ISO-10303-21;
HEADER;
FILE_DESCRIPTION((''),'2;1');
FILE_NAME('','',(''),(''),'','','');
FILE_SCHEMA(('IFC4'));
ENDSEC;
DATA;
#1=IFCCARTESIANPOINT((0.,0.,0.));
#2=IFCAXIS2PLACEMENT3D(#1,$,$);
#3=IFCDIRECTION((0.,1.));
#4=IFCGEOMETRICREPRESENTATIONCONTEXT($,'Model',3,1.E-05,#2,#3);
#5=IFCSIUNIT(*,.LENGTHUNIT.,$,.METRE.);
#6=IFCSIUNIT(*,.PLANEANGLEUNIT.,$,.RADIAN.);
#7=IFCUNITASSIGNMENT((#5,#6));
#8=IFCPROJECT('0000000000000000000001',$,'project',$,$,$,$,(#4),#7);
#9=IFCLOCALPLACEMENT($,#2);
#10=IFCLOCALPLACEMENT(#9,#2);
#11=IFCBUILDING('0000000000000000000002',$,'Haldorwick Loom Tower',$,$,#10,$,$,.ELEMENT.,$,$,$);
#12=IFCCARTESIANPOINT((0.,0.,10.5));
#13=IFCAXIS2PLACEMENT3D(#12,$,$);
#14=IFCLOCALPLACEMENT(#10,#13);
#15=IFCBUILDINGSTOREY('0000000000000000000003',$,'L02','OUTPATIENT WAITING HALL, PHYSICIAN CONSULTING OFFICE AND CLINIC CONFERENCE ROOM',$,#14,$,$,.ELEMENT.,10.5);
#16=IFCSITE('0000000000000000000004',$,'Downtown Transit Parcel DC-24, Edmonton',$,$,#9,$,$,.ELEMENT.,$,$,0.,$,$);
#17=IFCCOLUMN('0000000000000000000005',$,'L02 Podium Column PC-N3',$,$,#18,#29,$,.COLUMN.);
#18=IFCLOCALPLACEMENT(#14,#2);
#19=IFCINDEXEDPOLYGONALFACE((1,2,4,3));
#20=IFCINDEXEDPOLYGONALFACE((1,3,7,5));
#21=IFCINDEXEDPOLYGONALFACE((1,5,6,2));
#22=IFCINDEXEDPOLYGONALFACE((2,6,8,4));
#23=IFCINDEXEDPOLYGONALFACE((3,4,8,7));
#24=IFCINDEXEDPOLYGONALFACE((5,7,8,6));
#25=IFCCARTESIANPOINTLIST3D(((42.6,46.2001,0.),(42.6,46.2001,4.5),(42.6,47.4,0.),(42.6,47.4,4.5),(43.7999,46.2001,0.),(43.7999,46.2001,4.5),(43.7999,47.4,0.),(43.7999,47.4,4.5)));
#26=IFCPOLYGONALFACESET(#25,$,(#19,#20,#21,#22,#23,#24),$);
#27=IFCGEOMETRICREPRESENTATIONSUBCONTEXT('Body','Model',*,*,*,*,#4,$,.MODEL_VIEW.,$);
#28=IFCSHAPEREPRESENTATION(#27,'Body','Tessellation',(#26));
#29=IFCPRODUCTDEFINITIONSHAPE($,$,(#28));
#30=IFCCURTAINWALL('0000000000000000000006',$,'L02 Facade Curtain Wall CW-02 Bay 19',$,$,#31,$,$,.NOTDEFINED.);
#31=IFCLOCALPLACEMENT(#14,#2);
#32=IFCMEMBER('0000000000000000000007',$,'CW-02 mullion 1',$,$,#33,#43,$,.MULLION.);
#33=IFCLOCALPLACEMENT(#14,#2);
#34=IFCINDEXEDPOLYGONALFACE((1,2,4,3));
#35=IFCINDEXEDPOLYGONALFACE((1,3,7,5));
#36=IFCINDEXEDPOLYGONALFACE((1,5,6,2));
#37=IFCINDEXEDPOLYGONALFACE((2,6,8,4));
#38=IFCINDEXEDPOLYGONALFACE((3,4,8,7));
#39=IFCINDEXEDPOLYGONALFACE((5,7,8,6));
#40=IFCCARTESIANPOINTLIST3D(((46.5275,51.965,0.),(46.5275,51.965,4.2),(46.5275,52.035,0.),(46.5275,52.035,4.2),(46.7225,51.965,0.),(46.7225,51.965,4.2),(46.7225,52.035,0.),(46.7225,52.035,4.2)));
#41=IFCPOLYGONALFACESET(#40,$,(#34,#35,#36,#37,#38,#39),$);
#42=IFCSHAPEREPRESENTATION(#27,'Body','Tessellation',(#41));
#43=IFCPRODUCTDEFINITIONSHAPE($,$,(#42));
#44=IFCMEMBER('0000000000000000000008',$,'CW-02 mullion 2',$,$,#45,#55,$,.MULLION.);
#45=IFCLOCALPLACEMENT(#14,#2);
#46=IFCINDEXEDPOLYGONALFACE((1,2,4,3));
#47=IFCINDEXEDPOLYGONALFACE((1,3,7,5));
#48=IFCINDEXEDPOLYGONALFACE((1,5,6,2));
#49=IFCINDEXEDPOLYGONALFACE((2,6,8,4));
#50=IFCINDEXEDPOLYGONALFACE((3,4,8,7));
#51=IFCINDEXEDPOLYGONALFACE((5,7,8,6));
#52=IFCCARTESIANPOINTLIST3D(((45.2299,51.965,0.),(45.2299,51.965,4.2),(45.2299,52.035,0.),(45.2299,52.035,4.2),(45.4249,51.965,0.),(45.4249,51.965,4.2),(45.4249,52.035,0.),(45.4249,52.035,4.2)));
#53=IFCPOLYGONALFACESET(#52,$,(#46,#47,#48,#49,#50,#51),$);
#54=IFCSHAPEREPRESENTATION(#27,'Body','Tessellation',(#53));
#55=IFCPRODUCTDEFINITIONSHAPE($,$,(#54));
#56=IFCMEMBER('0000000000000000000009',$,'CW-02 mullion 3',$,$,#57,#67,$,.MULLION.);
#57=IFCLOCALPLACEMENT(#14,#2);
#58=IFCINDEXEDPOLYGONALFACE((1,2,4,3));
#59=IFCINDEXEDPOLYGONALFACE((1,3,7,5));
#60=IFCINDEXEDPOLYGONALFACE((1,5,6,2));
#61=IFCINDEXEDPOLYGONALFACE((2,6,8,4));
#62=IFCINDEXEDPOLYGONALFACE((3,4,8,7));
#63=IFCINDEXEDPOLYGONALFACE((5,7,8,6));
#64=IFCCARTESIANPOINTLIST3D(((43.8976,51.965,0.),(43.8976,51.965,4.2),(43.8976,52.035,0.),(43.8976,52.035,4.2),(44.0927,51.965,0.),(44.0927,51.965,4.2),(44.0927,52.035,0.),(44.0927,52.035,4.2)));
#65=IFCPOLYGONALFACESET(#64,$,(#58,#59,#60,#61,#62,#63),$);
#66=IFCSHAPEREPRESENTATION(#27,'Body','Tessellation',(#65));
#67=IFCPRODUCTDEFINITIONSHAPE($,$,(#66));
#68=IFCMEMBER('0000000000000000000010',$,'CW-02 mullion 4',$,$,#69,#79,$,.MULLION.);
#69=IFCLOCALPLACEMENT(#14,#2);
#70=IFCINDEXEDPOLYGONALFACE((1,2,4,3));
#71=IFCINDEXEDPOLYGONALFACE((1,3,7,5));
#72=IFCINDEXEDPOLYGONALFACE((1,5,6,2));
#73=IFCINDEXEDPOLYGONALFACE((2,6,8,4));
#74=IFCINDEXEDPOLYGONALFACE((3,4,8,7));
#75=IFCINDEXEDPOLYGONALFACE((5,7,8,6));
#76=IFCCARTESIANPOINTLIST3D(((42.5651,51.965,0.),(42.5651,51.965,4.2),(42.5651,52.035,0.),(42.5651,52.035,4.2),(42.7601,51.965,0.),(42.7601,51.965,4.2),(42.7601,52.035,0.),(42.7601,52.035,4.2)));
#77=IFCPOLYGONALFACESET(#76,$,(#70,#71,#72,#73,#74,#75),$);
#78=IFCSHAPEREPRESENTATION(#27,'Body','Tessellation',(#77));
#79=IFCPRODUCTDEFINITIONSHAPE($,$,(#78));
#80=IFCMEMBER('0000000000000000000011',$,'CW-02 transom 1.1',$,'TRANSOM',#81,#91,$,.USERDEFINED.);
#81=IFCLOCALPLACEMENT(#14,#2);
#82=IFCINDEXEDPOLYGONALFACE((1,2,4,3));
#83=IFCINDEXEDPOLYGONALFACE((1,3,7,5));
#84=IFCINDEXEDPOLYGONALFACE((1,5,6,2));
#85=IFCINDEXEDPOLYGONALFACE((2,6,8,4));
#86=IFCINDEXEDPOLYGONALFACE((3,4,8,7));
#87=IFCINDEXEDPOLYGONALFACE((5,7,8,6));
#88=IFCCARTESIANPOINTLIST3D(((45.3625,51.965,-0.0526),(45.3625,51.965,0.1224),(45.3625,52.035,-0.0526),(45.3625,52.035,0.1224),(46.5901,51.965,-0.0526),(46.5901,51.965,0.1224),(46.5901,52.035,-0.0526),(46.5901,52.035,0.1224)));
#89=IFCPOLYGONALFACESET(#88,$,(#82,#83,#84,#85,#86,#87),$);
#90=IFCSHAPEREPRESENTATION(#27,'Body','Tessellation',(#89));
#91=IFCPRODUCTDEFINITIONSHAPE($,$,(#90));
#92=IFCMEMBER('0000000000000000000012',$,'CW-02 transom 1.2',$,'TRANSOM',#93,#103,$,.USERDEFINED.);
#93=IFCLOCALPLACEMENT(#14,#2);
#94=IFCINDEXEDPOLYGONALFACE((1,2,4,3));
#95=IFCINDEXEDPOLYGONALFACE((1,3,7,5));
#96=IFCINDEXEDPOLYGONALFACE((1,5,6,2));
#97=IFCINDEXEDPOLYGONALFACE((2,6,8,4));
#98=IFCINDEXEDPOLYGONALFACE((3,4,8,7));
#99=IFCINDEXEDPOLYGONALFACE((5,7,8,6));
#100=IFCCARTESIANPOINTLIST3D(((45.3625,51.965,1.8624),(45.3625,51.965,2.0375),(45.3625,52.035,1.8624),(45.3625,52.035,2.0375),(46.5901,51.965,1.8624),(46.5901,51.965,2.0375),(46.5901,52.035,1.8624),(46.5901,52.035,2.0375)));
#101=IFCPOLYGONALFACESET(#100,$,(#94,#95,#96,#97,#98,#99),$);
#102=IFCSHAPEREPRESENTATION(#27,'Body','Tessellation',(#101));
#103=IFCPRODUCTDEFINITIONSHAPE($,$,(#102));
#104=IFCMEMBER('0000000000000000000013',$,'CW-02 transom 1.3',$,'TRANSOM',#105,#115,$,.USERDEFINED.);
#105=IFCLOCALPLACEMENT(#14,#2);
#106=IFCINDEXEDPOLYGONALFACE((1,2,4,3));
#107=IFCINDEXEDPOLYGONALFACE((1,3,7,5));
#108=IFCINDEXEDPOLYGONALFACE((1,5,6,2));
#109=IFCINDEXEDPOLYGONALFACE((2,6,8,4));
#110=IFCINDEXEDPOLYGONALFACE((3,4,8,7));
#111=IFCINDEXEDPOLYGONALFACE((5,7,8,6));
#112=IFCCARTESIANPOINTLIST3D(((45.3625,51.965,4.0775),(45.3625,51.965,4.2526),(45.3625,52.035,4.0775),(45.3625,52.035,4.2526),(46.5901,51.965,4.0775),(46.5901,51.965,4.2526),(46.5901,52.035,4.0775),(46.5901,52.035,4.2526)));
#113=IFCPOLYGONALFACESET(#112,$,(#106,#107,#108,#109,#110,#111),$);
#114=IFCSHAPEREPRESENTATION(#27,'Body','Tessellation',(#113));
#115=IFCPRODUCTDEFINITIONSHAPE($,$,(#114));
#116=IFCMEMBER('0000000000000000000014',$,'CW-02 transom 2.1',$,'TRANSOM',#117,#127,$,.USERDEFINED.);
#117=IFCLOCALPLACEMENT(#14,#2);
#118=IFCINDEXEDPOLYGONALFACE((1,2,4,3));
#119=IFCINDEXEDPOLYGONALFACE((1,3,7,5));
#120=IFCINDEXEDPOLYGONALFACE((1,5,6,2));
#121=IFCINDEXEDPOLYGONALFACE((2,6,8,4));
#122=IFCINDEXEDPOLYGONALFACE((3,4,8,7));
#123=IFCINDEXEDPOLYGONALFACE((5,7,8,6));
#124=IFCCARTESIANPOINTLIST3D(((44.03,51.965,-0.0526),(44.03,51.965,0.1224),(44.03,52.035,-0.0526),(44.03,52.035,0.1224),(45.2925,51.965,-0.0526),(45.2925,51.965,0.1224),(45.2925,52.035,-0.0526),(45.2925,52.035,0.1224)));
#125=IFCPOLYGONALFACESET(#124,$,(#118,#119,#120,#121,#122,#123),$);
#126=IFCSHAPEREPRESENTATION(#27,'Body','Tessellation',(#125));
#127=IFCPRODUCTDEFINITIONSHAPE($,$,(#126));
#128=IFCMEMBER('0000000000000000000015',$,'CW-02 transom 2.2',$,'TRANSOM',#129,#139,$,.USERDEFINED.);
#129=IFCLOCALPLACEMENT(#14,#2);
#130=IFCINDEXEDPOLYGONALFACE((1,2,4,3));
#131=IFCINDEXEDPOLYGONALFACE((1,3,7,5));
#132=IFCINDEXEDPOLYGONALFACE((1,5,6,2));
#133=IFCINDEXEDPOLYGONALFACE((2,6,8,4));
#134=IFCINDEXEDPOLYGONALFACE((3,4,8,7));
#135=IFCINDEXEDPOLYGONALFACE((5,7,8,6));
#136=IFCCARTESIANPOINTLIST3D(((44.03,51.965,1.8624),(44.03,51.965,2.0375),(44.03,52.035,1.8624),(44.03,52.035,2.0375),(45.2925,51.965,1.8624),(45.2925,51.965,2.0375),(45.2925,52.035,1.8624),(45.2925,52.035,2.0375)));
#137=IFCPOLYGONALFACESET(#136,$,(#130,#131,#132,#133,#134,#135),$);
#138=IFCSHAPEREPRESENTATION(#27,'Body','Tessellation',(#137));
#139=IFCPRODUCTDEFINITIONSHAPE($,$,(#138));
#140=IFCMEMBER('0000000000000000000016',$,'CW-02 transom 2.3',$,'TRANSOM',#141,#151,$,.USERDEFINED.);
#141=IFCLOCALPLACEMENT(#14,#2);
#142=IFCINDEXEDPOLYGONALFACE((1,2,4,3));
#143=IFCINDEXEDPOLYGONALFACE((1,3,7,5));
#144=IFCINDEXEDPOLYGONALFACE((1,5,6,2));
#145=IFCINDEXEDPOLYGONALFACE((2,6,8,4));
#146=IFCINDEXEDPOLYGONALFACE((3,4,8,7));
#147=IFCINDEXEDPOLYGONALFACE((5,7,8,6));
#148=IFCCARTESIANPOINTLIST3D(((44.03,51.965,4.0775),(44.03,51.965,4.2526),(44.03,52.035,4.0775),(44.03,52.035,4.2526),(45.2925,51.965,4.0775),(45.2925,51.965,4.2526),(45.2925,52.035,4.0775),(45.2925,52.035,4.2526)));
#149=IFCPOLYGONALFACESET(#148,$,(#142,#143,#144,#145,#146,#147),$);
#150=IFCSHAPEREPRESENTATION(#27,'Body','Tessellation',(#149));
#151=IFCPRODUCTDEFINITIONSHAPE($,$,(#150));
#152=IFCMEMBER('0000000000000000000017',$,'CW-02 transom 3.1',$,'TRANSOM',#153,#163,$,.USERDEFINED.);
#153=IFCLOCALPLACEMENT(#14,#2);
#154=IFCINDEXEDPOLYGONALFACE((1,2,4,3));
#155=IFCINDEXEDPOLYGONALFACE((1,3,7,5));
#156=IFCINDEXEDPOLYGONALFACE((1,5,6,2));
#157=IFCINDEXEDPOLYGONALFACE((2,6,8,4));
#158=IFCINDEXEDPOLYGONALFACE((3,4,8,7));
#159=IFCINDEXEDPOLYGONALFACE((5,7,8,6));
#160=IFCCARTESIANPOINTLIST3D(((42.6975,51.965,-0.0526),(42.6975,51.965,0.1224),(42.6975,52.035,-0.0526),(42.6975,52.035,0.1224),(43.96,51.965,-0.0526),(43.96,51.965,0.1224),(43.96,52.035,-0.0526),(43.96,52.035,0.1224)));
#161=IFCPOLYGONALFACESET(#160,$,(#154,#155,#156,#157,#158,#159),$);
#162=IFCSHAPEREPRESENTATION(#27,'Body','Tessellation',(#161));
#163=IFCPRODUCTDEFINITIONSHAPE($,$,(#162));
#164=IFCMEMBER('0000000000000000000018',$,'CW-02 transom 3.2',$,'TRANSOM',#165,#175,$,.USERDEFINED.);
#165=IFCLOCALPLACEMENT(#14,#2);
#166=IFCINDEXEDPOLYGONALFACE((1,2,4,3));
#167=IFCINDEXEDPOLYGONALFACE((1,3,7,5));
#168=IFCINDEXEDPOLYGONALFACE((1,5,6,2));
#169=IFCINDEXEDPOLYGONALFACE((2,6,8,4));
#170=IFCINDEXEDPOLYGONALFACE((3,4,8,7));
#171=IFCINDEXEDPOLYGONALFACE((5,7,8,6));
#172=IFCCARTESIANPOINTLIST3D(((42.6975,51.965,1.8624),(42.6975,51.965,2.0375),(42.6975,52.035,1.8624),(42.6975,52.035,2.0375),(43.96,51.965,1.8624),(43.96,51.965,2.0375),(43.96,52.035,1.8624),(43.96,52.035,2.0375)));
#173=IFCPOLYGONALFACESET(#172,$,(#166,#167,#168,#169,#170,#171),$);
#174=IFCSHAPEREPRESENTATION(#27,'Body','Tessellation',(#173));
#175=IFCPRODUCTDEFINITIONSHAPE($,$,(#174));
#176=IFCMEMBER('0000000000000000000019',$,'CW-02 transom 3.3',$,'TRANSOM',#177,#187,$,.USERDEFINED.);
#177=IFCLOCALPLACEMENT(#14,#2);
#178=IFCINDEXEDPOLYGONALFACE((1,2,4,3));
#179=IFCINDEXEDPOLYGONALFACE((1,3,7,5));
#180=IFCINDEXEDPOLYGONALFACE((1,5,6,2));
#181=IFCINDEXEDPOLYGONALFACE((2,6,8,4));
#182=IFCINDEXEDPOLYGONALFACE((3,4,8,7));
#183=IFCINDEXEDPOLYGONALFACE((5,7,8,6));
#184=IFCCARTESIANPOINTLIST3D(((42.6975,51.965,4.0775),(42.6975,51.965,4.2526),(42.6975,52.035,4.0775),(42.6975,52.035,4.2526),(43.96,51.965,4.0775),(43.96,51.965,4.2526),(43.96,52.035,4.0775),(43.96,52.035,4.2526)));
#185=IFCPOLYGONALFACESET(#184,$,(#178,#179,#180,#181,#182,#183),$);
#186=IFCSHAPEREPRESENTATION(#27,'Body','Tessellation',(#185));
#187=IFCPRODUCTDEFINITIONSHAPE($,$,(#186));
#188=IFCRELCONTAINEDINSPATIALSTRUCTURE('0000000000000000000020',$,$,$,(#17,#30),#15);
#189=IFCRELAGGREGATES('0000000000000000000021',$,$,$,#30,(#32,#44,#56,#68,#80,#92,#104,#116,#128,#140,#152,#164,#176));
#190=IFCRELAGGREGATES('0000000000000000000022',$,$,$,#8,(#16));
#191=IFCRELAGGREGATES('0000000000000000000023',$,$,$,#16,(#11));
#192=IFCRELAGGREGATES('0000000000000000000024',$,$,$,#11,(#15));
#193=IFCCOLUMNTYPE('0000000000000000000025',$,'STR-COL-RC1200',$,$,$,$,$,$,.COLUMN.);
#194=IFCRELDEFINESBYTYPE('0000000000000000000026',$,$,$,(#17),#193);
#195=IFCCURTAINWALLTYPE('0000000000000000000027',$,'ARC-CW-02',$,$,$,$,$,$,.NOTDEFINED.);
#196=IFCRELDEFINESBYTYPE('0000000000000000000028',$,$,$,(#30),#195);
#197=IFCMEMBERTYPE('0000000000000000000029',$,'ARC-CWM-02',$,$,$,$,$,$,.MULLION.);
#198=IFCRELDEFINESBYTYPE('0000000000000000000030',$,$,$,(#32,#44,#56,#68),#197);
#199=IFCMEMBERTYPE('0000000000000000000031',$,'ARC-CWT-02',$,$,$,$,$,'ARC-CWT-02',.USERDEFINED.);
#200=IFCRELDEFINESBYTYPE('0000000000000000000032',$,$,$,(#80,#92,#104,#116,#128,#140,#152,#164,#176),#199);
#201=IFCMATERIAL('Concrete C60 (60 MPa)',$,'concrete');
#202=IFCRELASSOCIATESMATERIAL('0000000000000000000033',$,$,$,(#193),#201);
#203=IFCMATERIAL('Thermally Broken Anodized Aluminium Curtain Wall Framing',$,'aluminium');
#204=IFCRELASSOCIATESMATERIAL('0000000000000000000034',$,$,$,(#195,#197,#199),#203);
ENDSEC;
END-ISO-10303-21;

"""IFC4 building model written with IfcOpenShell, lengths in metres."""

from ifc_helpers import new_model, si_unit, direction, frame, origin, origin_2d, place, context, subcontext, project, spatial, rectangle, extrude, material, material_profile, profile_set, type_object, element, aggregate, save


model = new_model("IFC4")

# Units and contexts
model_context = context("Model", 3, precision=1e-05, world=origin(), true_north=direction((0.0, 1.0)))
body_context = subcontext(model_context, "Body", "Model", "MODEL_VIEW")
ifc_project = project(units=[si_unit("LENGTHUNIT", "METRE"), si_unit("PLANEANGLEUNIT", "RADIAN")], contexts=[model_context])

# Site, building, storey
site_placement = place(None, origin())
site = spatial("IfcSite", under=ifc_project, at=site_placement, Name="Downtown Transit Parcel DC-24, Edmonton", CompositionType="ELEMENT", RefElevation=0.0)
building_placement = place(site_placement, origin())
building = spatial("IfcBuilding", under=site, at=building_placement, Name="Haldorwick Loom Tower", CompositionType="ELEMENT")
storey_placement = place(building_placement, frame((0.0, 0.0, 10.5)))
storey = spatial("IfcBuildingStorey", under=building, at=storey_placement, Name="L02", Description="OUTPATIENT WAITING HALL, PHYSICIAN CONSULTING OFFICE AND CLINIC CONFERENCE ROOM", CompositionType="ELEMENT", Elevation=10.5)

# Column
ifc_material_1 = material(Name="Concrete C60 (60 MPa)", Category="concrete")
ifc_material_profile_1 = material_profile(ifc_material_1, rectangle(XDim=1.2, YDim=1.2, at=origin_2d()), Name="RC1200X1200", Category="concrete")
ifc_profile_set_1 = profile_set([ifc_material_profile_1], Name="Concrete C60 (60 MPa)")
column_type = type_object("IfcColumnType", Name="STR-COL-RC1200", PredefinedType="COLUMN", material=ifc_profile_set_1)
column_placement = place(storey_placement, frame((43.2, 46.8, 0.0), z_axis=(0.0, 0.0, 1.0), x_axis=(1.0, 0.0, 0.0)))
element("IfcColumn", 1, at=column_placement, inside=storey, type_object=column_type, Name="L02 Podium Column PC-N3", PredefinedType="COLUMN", context=body_context, shape_type="SweptSolid", body=[
    extrude(rectangle(XDim=1.2, YDim=1.2, at=origin_2d()), origin(), (0.0, 0.0, 1.0), 4.5),
])

# Curtain wall, members
ifc_material_2 = material(Name="Thermally Broken Anodized Aluminium Curtain Wall Framing", Category="aluminium")
curtain_wall_type = type_object("IfcCurtainWallType", Name="ARC-CW-02", PredefinedType="NOTDEFINED", material=ifc_material_2)
curtain_wall_placement = place(storey_placement, origin())
curtain_wall = element("IfcCurtainWall", 2, at=curtain_wall_placement, inside=storey, type_object=curtain_wall_type, Name="L02 Facade Curtain Wall CW-02 Bay 19", PredefinedType="NOTDEFINED")
ifc_material_profile_2 = material_profile(ifc_material_2, rectangle(XDim=0.0701, YDim=0.1951, at=origin_2d()), Name="ALU_MUL_70X195", Category="aluminium")
ifc_profile_set_2 = profile_set([ifc_material_profile_2], Name="Thermally Broken Anodized Aluminium Curtain Wall Framing")
member_type_1 = type_object("IfcMemberType", Name="ARC-CWM-02", PredefinedType="MULLION", material=ifc_profile_set_2)
member_1_placement = place(storey_placement, frame((46.625, 52.0, 0.0), z_axis=(0.0, 0.0, 1.0), x_axis=(0.0, -1.0, 0.0)))
member_1 = element("IfcMember", 3, at=member_1_placement, type_object=member_type_1, Name="CW-02 mullion 1", PredefinedType="MULLION", context=body_context, shape_type="SweptSolid", body=[
    extrude(rectangle(XDim=0.0701, YDim=0.1951, at=origin_2d()), origin(), (0.0, 0.0, 1.0), 4.2),
])
member_2_placement = place(storey_placement, frame((45.3274, 52.0, 0.0), z_axis=(0.0, 0.0, 1.0), x_axis=(0.0, -1.0, 0.0)))
member_2 = element("IfcMember", 4, at=member_2_placement, type_object=member_type_1, Name="CW-02 mullion 2", PredefinedType="MULLION", context=body_context, shape_type="SweptSolid", body=[
    extrude(rectangle(XDim=0.0701, YDim=0.1951, at=origin_2d()), origin(), (0.0, 0.0, 1.0), 4.2),
])
member_3_placement = place(storey_placement, frame((43.9951, 52.0, 0.0), z_axis=(0.0, 0.0, 1.0), x_axis=(0.0, -1.0, 0.0)))
member_3 = element("IfcMember", 5, at=member_3_placement, type_object=member_type_1, Name="CW-02 mullion 3", PredefinedType="MULLION", context=body_context, shape_type="SweptSolid", body=[
    extrude(rectangle(XDim=0.0701, YDim=0.1951, at=origin_2d()), origin(), (0.0, 0.0, 1.0), 4.2),
])
member_4_placement = place(storey_placement, frame((42.6626, 52.0, 0.0), z_axis=(0.0, 0.0, 1.0), x_axis=(0.0, -1.0, 0.0)))
member_4 = element("IfcMember", 6, at=member_4_placement, type_object=member_type_1, Name="CW-02 mullion 4", PredefinedType="MULLION", context=body_context, shape_type="SweptSolid", body=[
    extrude(rectangle(XDim=0.0701, YDim=0.1951, at=origin_2d()), origin(), (0.0, 0.0, 1.0), 4.2),
])
ifc_material_profile_3 = material_profile(ifc_material_2, rectangle(XDim=0.0701, YDim=0.175, at=origin_2d()), Name="ALU_TRN_70X175", Category="aluminium")
ifc_profile_set_3 = profile_set([ifc_material_profile_3], Name="Thermally Broken Anodized Aluminium Curtain Wall Framing")
member_type_2 = type_object("IfcMemberType", Name="ARC-CWT-02", ElementType="ARC-CWT-02", PredefinedType="USERDEFINED", material=ifc_profile_set_3)
member_5_placement = place(storey_placement, frame((46.5901, 52.0, 0.0349), z_axis=(-1.0, 0.0, 0.0), x_axis=(0.0, -1.0, 0.0)))
member_5 = element("IfcMember", 7, at=member_5_placement, type_object=member_type_2, Name="CW-02 transom 1.1", ObjectType="TRANSOM", PredefinedType="USERDEFINED", context=body_context, shape_type="SweptSolid", body=[
    extrude(rectangle(XDim=0.0701, YDim=0.175, at=origin_2d()), origin(), (0.0, 0.0, 1.0), 1.2275),
])
member_6_placement = place(storey_placement, frame((46.5901, 52.0, 1.95), z_axis=(-1.0, 0.0, 0.0), x_axis=(0.0, -1.0, 0.0)))
member_6 = element("IfcMember", 8, at=member_6_placement, type_object=member_type_2, Name="CW-02 transom 1.2", ObjectType="TRANSOM", PredefinedType="USERDEFINED", context=body_context, shape_type="SweptSolid", body=[
    extrude(rectangle(XDim=0.0701, YDim=0.175, at=origin_2d()), origin(), (0.0, 0.0, 1.0), 1.2275),
])
member_7_placement = place(storey_placement, frame((46.5901, 52.0, 4.165), z_axis=(-1.0, 0.0, 0.0), x_axis=(0.0, -1.0, 0.0)))
member_7 = element("IfcMember", 9, at=member_7_placement, type_object=member_type_2, Name="CW-02 transom 1.3", ObjectType="TRANSOM", PredefinedType="USERDEFINED", context=body_context, shape_type="SweptSolid", body=[
    extrude(rectangle(XDim=0.0701, YDim=0.175, at=origin_2d()), origin(), (0.0, 0.0, 1.0), 1.2275),
])
member_8_placement = place(storey_placement, frame((45.2925, 52.0, 0.0349), z_axis=(-1.0, 0.0, 0.0), x_axis=(0.0, -1.0, 0.0)))
member_8 = element("IfcMember", 10, at=member_8_placement, type_object=member_type_2, Name="CW-02 transom 2.1", ObjectType="TRANSOM", PredefinedType="USERDEFINED", context=body_context, shape_type="SweptSolid", body=[
    extrude(rectangle(XDim=0.0701, YDim=0.175, at=origin_2d()), origin(), (0.0, 0.0, 1.0), 1.2625),
])
member_9_placement = place(storey_placement, frame((45.2925, 52.0, 1.95), z_axis=(-1.0, 0.0, 0.0), x_axis=(0.0, -1.0, 0.0)))
member_9 = element("IfcMember", 11, at=member_9_placement, type_object=member_type_2, Name="CW-02 transom 2.2", ObjectType="TRANSOM", PredefinedType="USERDEFINED", context=body_context, shape_type="SweptSolid", body=[
    extrude(rectangle(XDim=0.0701, YDim=0.175, at=origin_2d()), origin(), (0.0, 0.0, 1.0), 1.2625),
])
member_10_placement = place(storey_placement, frame((45.2925, 52.0, 4.165), z_axis=(-1.0, 0.0, 0.0), x_axis=(0.0, -1.0, 0.0)))
member_10 = element("IfcMember", 12, at=member_10_placement, type_object=member_type_2, Name="CW-02 transom 2.3", ObjectType="TRANSOM", PredefinedType="USERDEFINED", context=body_context, shape_type="SweptSolid", body=[
    extrude(rectangle(XDim=0.0701, YDim=0.175, at=origin_2d()), origin(), (0.0, 0.0, 1.0), 1.2625),
])
member_11_placement = place(storey_placement, frame((43.96, 52.0, 0.0349), z_axis=(-1.0, 0.0, 0.0), x_axis=(0.0, -1.0, 0.0)))
member_11 = element("IfcMember", 13, at=member_11_placement, type_object=member_type_2, Name="CW-02 transom 3.1", ObjectType="TRANSOM", PredefinedType="USERDEFINED", context=body_context, shape_type="SweptSolid", body=[
    extrude(rectangle(XDim=0.0701, YDim=0.175, at=origin_2d()), origin(), (0.0, 0.0, 1.0), 1.2625),
])
member_12_placement = place(storey_placement, frame((43.96, 52.0, 1.95), z_axis=(-1.0, 0.0, 0.0), x_axis=(0.0, -1.0, 0.0)))
member_12 = element("IfcMember", 14, at=member_12_placement, type_object=member_type_2, Name="CW-02 transom 3.2", ObjectType="TRANSOM", PredefinedType="USERDEFINED", context=body_context, shape_type="SweptSolid", body=[
    extrude(rectangle(XDim=0.0701, YDim=0.175, at=origin_2d()), origin(), (0.0, 0.0, 1.0), 1.2625),
])
member_13_placement = place(storey_placement, frame((43.96, 52.0, 4.165), z_axis=(-1.0, 0.0, 0.0), x_axis=(0.0, -1.0, 0.0)))
member_13 = element("IfcMember", 15, at=member_13_placement, type_object=member_type_2, Name="CW-02 transom 3.3", ObjectType="TRANSOM", PredefinedType="USERDEFINED", context=body_context, shape_type="SweptSolid", body=[
    extrude(rectangle(XDim=0.0701, YDim=0.175, at=origin_2d()), origin(), (0.0, 0.0, 1.0), 1.2625),
])

aggregate(curtain_wall, [member_1, member_2, member_3, member_4, member_5, member_6, member_7, member_8, member_9, member_10, member_11, member_12, member_13])

save(model, "model.ifc")
